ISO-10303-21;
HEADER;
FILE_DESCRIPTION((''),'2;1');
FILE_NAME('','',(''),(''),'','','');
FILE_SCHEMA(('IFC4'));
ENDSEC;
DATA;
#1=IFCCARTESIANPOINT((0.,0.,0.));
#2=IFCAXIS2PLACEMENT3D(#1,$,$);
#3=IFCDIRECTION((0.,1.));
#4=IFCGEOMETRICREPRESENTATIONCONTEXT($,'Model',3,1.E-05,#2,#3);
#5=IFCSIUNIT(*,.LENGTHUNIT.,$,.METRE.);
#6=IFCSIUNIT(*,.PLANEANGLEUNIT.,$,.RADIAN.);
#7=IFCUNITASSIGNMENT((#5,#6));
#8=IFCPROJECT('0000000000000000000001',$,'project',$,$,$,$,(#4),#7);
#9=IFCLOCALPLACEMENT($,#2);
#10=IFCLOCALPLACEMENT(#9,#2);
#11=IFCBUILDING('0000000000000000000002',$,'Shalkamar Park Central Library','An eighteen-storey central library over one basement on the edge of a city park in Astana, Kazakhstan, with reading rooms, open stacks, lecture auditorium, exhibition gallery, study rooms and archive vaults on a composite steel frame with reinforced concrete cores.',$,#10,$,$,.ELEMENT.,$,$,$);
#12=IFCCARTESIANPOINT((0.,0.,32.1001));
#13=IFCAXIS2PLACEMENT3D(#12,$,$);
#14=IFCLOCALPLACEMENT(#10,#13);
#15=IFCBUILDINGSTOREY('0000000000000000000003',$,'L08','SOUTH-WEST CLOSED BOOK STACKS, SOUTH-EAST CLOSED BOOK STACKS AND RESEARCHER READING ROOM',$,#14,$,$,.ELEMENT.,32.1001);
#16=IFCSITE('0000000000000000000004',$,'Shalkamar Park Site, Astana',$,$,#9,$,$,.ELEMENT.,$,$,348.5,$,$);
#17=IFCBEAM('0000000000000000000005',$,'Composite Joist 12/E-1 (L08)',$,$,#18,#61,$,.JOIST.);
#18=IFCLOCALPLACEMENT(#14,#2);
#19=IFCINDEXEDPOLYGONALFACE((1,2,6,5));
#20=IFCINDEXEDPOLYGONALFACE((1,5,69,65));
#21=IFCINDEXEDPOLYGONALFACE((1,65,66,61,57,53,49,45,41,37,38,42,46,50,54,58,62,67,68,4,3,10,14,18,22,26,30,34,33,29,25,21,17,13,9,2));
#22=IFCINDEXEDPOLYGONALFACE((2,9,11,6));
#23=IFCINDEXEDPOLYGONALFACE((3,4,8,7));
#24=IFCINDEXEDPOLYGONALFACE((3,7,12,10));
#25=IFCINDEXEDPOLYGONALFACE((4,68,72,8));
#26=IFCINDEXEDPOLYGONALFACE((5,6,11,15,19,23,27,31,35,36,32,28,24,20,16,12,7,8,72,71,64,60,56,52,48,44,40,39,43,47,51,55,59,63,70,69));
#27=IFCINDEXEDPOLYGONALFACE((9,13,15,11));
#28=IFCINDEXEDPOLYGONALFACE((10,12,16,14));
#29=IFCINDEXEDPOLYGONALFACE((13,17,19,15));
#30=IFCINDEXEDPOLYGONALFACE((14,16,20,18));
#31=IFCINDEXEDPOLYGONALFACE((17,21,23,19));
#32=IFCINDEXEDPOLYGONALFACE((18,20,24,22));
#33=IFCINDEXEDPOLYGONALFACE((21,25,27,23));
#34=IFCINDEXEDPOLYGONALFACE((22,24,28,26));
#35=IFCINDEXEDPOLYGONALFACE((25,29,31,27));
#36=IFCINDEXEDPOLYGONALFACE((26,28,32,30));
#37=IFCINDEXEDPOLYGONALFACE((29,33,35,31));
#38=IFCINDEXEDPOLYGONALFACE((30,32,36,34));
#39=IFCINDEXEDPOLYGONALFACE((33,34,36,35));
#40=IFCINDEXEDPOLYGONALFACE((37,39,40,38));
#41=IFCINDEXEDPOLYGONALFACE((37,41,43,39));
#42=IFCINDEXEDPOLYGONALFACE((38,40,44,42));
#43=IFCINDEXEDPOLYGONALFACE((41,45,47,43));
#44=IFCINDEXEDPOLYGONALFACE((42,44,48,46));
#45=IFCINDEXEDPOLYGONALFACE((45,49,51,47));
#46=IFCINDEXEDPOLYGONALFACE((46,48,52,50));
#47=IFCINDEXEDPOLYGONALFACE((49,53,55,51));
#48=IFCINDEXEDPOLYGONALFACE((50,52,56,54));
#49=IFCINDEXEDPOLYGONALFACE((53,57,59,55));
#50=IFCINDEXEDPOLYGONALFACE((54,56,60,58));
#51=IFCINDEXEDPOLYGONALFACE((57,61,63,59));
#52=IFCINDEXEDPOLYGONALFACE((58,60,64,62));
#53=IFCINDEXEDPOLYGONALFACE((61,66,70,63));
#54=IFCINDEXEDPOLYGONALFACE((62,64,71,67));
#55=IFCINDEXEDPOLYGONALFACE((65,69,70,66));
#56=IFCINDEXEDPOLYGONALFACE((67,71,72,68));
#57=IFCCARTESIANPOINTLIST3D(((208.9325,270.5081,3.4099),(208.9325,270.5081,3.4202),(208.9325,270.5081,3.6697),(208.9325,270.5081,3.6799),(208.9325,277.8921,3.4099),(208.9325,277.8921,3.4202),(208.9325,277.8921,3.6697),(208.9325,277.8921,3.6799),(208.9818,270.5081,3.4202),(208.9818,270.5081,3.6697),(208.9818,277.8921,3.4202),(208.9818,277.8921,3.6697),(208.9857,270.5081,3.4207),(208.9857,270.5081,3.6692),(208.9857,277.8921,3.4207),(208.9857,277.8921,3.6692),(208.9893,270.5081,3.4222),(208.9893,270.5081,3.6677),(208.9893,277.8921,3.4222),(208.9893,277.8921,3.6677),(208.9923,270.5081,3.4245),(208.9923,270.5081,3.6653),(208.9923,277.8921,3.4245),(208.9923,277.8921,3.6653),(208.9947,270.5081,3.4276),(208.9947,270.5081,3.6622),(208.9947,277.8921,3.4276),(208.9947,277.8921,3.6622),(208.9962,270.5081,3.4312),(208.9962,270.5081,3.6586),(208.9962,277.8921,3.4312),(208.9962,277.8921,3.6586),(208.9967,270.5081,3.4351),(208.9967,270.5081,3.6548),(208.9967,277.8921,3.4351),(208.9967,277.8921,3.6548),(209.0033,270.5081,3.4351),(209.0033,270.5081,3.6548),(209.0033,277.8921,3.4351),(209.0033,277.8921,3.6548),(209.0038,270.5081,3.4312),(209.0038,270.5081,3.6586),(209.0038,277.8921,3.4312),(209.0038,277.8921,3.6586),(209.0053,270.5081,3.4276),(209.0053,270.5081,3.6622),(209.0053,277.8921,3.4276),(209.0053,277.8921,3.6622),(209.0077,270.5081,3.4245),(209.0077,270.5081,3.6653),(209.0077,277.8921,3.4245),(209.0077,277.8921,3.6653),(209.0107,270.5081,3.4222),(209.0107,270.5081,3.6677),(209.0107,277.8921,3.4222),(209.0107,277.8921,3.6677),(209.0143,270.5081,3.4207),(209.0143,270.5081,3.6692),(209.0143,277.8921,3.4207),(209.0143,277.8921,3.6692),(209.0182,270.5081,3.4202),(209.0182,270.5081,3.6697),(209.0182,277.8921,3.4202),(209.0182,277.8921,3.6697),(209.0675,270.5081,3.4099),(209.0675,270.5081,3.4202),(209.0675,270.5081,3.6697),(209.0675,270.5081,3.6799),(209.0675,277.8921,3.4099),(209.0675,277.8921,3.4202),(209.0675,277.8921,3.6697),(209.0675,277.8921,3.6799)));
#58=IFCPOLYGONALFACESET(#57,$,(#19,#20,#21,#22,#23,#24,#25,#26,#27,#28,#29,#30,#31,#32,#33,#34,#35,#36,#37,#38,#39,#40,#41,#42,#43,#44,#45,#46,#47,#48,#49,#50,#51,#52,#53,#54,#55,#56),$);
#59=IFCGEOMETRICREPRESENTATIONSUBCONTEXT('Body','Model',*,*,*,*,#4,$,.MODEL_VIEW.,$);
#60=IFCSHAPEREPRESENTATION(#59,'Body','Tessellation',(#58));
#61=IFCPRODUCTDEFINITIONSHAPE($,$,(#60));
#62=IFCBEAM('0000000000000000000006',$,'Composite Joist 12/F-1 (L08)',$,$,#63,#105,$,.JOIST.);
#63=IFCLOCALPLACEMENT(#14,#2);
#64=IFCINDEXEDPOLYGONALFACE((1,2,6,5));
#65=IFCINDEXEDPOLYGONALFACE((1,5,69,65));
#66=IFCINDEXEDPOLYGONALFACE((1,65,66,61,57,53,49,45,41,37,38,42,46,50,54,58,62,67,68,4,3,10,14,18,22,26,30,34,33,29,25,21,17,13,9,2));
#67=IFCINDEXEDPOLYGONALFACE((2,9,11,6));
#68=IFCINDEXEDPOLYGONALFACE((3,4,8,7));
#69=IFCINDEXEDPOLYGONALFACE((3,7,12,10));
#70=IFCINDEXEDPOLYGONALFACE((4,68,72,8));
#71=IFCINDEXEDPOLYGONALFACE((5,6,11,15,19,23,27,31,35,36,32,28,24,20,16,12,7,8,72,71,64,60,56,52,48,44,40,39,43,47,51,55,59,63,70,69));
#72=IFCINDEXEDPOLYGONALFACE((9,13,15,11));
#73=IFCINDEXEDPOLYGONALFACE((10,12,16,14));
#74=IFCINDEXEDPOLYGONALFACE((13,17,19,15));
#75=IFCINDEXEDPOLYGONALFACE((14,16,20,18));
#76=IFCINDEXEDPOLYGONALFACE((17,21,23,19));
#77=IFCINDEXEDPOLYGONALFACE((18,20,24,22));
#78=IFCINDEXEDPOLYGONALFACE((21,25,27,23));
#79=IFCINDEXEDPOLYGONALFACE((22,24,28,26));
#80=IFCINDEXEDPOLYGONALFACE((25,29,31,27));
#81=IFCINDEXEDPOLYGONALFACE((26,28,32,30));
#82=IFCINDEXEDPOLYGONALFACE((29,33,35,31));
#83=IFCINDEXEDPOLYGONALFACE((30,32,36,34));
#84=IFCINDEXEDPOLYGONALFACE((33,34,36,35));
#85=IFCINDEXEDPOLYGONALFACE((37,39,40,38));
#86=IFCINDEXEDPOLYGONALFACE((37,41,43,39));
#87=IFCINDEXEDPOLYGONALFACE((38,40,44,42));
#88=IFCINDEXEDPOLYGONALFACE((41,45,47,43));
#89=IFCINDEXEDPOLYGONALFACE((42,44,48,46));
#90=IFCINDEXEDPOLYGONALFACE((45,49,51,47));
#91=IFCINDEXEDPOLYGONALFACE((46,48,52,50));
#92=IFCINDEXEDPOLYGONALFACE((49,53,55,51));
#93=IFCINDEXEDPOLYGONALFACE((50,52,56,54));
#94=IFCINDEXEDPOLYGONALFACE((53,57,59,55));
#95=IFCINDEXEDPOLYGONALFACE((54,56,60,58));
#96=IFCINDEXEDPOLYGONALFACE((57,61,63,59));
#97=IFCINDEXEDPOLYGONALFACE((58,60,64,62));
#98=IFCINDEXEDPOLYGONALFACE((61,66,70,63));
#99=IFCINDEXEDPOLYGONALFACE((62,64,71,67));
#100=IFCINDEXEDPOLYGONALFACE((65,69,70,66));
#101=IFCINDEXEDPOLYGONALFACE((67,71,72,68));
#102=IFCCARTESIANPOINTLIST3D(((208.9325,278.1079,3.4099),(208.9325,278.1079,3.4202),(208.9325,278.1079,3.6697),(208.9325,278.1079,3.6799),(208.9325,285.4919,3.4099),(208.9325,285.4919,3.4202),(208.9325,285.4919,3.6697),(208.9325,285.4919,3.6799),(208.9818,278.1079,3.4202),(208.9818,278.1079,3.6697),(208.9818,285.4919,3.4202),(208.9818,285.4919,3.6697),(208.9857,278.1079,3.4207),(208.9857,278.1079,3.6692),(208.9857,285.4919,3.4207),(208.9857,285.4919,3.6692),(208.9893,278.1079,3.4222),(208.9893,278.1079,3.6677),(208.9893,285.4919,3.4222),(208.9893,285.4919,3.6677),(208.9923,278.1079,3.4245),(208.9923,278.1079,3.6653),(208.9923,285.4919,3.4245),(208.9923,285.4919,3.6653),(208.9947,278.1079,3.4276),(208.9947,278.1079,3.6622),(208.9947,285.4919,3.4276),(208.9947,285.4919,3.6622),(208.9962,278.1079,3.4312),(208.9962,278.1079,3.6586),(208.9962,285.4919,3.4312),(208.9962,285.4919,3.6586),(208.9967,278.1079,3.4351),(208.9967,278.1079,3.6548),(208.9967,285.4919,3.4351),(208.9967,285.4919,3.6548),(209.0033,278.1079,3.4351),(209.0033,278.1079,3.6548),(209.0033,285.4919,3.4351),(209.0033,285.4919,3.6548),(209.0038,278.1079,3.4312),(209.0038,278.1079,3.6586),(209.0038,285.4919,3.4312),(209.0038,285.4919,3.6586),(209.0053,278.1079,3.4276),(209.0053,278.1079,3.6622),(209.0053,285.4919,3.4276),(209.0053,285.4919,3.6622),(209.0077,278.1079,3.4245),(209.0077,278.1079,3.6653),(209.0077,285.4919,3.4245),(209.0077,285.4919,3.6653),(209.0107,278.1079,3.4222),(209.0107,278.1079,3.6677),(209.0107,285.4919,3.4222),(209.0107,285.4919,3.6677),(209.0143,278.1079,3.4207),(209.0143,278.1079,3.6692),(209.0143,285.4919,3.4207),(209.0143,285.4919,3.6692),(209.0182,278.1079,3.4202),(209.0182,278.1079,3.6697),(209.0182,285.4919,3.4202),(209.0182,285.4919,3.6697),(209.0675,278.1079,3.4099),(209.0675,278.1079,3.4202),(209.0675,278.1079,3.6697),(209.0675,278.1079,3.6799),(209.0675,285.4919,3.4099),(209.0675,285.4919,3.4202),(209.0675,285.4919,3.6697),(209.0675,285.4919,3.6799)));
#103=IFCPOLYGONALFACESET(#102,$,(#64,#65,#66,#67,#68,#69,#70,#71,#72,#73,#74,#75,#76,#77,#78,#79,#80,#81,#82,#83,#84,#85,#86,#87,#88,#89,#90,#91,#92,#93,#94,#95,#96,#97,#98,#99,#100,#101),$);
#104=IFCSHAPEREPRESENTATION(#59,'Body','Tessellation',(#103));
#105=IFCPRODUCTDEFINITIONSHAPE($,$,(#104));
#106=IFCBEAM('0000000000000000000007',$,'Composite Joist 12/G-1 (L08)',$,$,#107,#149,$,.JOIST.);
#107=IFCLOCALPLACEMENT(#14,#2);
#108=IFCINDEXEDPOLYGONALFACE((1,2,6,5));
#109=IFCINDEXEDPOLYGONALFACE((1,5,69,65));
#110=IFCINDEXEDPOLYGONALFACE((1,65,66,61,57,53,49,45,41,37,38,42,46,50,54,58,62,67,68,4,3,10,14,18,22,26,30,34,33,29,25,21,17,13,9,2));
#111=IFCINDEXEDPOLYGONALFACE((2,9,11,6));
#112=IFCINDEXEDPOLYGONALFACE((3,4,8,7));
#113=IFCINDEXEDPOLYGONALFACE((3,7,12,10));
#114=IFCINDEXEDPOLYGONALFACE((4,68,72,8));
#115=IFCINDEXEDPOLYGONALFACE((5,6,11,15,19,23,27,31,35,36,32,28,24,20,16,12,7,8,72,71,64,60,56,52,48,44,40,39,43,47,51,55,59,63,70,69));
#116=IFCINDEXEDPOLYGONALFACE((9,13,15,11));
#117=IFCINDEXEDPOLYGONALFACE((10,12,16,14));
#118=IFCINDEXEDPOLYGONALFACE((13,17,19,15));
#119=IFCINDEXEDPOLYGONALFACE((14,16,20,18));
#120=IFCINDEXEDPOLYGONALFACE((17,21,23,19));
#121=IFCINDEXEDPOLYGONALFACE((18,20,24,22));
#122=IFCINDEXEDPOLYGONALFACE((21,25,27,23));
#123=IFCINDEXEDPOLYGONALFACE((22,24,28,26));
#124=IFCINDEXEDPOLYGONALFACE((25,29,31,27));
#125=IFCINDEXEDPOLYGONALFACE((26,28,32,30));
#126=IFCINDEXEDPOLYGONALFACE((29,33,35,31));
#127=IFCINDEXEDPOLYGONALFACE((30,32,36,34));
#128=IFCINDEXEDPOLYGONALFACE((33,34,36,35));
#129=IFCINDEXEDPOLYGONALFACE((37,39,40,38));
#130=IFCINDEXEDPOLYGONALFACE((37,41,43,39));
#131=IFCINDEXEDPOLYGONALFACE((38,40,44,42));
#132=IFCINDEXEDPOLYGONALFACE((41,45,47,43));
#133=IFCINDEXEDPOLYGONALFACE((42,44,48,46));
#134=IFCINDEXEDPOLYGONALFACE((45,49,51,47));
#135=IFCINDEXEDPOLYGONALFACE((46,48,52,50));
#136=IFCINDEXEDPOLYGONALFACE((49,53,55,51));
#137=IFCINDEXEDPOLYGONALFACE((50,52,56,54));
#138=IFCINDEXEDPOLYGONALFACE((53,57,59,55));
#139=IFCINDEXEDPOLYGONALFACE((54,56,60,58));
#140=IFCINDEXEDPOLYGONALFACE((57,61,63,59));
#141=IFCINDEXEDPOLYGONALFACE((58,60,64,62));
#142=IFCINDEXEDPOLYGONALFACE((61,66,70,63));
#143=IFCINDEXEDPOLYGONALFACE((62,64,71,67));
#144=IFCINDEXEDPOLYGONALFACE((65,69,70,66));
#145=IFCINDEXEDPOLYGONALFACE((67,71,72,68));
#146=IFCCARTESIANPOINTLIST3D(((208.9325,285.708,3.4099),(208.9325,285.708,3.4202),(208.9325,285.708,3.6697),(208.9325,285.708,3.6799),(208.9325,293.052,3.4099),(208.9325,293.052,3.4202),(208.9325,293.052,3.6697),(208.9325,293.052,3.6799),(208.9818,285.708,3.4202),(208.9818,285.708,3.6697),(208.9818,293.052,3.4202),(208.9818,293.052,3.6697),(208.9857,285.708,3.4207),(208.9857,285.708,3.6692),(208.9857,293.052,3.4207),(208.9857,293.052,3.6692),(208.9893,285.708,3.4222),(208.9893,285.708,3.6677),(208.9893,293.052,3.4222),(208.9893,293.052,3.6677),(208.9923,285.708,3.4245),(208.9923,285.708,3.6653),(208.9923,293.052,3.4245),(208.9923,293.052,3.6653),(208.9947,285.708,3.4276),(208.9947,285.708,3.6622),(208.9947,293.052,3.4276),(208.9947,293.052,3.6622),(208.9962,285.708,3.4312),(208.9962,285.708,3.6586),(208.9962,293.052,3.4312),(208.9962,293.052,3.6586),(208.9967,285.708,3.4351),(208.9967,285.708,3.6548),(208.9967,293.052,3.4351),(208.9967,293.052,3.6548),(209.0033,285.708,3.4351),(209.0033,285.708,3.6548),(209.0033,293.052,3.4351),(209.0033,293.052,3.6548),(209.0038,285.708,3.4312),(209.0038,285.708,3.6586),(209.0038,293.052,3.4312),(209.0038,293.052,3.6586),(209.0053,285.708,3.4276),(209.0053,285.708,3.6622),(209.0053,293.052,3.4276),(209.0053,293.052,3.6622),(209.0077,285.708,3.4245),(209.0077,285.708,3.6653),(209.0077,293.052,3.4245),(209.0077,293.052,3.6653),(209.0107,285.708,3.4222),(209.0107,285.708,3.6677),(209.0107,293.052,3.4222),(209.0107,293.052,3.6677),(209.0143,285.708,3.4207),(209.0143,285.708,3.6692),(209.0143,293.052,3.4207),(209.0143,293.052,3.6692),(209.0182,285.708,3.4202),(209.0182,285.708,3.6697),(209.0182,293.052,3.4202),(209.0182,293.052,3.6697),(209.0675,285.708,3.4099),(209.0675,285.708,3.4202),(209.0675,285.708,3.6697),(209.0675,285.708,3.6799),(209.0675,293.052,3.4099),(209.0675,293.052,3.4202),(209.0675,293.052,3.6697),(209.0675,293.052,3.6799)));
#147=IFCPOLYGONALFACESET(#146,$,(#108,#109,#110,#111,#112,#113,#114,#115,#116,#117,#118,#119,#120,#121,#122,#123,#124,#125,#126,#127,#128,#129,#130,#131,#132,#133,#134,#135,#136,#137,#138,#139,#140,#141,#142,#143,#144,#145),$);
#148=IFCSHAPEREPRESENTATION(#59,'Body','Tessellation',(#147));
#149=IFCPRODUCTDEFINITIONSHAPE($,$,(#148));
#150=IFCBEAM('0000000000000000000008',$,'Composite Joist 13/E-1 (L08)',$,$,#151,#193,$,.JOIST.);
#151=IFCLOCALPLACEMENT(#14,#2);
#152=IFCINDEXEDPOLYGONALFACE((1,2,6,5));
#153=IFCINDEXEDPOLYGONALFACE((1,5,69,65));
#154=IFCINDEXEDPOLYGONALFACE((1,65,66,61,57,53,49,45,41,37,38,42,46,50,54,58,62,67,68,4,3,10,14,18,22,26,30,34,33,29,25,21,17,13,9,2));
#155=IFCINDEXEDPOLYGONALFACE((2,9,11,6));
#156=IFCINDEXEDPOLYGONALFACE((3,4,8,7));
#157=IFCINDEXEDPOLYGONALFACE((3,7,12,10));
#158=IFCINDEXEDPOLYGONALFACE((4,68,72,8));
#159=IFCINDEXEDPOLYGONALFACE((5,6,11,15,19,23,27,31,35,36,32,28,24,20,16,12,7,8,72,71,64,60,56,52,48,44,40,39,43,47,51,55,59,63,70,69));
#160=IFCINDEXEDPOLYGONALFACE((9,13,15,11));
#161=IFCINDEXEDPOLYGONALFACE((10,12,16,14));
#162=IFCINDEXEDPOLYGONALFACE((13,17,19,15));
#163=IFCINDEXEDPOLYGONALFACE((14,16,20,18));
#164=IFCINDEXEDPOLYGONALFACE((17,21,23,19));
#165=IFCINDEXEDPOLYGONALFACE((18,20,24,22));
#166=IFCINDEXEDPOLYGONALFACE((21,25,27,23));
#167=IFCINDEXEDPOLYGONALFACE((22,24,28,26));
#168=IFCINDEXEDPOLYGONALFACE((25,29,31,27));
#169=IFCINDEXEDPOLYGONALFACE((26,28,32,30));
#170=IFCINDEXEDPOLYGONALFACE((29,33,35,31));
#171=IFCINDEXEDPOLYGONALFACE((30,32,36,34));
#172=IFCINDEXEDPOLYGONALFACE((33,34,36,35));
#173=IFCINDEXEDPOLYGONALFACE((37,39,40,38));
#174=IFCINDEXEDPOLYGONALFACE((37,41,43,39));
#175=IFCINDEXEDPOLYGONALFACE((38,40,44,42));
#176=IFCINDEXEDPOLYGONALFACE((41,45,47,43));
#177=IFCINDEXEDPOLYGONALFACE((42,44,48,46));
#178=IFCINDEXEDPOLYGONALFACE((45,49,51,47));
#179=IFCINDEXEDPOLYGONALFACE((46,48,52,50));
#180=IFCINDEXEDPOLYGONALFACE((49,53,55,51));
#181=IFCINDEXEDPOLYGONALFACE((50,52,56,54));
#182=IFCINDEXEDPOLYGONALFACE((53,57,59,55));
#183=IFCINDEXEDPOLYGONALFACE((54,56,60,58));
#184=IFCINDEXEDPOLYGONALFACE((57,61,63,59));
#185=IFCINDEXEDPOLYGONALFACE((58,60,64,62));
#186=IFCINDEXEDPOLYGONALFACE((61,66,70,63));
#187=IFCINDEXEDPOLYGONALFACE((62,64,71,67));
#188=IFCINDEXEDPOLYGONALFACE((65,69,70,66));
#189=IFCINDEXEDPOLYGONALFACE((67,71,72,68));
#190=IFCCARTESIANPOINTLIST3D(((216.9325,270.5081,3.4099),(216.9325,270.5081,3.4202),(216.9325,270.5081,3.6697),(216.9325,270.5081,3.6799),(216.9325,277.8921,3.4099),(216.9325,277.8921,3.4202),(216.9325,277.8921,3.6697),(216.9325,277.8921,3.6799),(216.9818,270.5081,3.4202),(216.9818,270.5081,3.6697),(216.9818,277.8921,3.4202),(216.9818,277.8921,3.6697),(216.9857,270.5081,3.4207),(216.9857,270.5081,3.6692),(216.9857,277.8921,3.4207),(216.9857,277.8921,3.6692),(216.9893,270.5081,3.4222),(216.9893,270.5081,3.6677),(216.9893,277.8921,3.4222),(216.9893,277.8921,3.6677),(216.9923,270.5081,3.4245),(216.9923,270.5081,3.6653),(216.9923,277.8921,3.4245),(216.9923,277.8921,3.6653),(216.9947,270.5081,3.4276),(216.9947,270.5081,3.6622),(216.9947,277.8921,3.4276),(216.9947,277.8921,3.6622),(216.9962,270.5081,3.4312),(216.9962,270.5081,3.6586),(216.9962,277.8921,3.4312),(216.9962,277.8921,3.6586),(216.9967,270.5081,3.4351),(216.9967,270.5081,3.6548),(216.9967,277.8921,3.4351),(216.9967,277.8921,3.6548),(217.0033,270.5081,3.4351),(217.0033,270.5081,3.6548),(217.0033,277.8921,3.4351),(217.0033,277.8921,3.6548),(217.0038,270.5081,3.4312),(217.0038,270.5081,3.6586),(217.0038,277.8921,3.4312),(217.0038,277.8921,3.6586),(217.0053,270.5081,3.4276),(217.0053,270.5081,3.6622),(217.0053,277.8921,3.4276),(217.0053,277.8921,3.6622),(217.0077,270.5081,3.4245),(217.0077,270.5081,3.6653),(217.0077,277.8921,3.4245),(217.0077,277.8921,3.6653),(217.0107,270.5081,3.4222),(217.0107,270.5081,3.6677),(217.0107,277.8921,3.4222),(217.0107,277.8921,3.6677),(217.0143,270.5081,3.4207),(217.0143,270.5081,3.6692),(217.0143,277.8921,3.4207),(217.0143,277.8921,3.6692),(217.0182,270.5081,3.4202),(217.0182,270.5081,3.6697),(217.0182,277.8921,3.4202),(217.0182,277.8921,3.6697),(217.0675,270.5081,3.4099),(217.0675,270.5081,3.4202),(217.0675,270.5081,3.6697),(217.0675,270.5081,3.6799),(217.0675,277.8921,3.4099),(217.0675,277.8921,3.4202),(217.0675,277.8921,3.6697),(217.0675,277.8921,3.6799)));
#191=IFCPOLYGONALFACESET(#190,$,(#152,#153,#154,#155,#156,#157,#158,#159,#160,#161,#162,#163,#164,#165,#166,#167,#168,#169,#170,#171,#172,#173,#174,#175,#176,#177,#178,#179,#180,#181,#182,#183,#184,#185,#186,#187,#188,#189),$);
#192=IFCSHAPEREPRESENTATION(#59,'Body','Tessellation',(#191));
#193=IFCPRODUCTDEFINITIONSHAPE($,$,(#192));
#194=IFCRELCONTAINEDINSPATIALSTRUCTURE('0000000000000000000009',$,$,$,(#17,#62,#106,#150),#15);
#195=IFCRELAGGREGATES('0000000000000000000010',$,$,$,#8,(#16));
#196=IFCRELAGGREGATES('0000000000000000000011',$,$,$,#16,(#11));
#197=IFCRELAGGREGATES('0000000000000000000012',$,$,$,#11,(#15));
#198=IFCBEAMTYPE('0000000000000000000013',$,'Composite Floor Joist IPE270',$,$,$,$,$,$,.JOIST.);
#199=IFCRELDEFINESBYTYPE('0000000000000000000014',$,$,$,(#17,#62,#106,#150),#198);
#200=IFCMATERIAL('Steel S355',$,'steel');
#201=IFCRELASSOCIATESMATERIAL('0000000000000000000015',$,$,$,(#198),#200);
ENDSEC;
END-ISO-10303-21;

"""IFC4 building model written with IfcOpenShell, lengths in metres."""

from ifc_helpers import new_model, si_unit, direction, frame, origin, origin_2d, place, context, subcontext, project, spatial, i_section, extrude, material, material_profile, profile_set, type_object, element, save


model = new_model("IFC4")

# Units and contexts
model_context = context("Model", 3, precision=1e-05, world=origin(), true_north=direction((0.0, 1.0)))
body_context = subcontext(model_context, "Body", "Model", "MODEL_VIEW")
ifc_project = project(units=[si_unit("LENGTHUNIT", "METRE"), si_unit("PLANEANGLEUNIT", "RADIAN")], contexts=[model_context])

# Site, building, storey
site_placement = place(None, origin())
site = spatial("IfcSite", under=ifc_project, at=site_placement, Name="Shalkamar Park Site, Astana", CompositionType="ELEMENT", RefElevation=348.5)
building_placement = place(site_placement, origin())
building = spatial("IfcBuilding", under=site, at=building_placement, Name="Shalkamar Park Central Library", Description="An eighteen-storey central library over one basement on the edge of a city park in Astana, Kazakhstan, with reading rooms, open stacks, lecture auditorium, exhibition gallery, study rooms and archive vaults on a composite steel frame with reinforced concrete cores.", CompositionType="ELEMENT")
storey_placement = place(building_placement, frame((0.0, 0.0, 32.1001)))
storey = spatial("IfcBuildingStorey", under=building, at=storey_placement, Name="L08", Description="SOUTH-WEST CLOSED BOOK STACKS, SOUTH-EAST CLOSED BOOK STACKS AND RESEARCHER READING ROOM", CompositionType="ELEMENT", Elevation=32.1001)

# Shared definitions
ifc_material_1 = material(Name="Steel S355", Category="steel")

# Beams
ifc_material_profile_1 = material_profile(ifc_material_1, i_section(OverallWidth=0.135, OverallDepth=0.27, WebThickness=0.0066, FlangeThickness=0.0103, FilletRadius=0.0149, at=origin_2d()), Name="IPE 270")
ifc_profile_set_1 = profile_set([ifc_material_profile_1], Name="Steel S355")
beam_type_1 = type_object("IfcBeamType", Name="Composite Floor Joist IPE270", PredefinedType="JOIST", material=ifc_profile_set_1)
for number, where, z_axis, x_axis, name in (
    (1, (209.0, 270.5081, 3.5449), (0.0, 1.0, 0.0), (-1.0, 0.0, 0.0), "Composite Joist 12/E-1 (L08)"),
    (2, (209.0, 278.1079, 3.5449), (0.0, 1.0, 0.0), (-1.0, 0.0, 0.0), "Composite Joist 12/F-1 (L08)"),
):
    element("IfcBeam", number, at=place(storey_placement, frame(where, z_axis=z_axis, x_axis=x_axis)), inside=storey, type_object=beam_type_1, Name=name, PredefinedType="JOIST", context=body_context, shape_type="SweptSolid", body=[
        extrude(i_section(OverallWidth=0.135, OverallDepth=0.27, WebThickness=0.0066, FlangeThickness=0.0103, FilletRadius=0.0149, at=origin_2d()), origin(), (0.0, 0.0, 1.0), 7.384),
    ])
beam_1_placement = place(storey_placement, frame((209.0, 285.708, 3.5449), z_axis=(0.0, 1.0, 0.0), x_axis=(-1.0, 0.0, 0.0)))
element("IfcBeam", 3, at=beam_1_placement, inside=storey, type_object=beam_type_1, Name="Composite Joist 12/G-1 (L08)", PredefinedType="JOIST", context=body_context, shape_type="SweptSolid", body=[
    extrude(i_section(OverallWidth=0.135, OverallDepth=0.27, WebThickness=0.0066, FlangeThickness=0.0103, FilletRadius=0.0149, at=origin_2d()), origin(), (0.0, 0.0, 1.0), 7.344),
])
for number, where, z_axis, x_axis, name in (
    (4, (217.0, 270.5081, 3.5449), (0.0, 1.0, 0.0), (-1.0, 0.0, 0.0), "Composite Joist 13/E-1 (L08)"),
):
    element("IfcBeam", number, at=place(storey_placement, frame(where, z_axis=z_axis, x_axis=x_axis)), inside=storey, type_object=beam_type_1, Name=name, PredefinedType="JOIST", context=body_context, shape_type="SweptSolid", body=[
        extrude(i_section(OverallWidth=0.135, OverallDepth=0.27, WebThickness=0.0066, FlangeThickness=0.0103, FilletRadius=0.0149, at=origin_2d()), origin(), (0.0, 0.0, 1.0), 7.384),
    ])

save(model, "model.ifc")
